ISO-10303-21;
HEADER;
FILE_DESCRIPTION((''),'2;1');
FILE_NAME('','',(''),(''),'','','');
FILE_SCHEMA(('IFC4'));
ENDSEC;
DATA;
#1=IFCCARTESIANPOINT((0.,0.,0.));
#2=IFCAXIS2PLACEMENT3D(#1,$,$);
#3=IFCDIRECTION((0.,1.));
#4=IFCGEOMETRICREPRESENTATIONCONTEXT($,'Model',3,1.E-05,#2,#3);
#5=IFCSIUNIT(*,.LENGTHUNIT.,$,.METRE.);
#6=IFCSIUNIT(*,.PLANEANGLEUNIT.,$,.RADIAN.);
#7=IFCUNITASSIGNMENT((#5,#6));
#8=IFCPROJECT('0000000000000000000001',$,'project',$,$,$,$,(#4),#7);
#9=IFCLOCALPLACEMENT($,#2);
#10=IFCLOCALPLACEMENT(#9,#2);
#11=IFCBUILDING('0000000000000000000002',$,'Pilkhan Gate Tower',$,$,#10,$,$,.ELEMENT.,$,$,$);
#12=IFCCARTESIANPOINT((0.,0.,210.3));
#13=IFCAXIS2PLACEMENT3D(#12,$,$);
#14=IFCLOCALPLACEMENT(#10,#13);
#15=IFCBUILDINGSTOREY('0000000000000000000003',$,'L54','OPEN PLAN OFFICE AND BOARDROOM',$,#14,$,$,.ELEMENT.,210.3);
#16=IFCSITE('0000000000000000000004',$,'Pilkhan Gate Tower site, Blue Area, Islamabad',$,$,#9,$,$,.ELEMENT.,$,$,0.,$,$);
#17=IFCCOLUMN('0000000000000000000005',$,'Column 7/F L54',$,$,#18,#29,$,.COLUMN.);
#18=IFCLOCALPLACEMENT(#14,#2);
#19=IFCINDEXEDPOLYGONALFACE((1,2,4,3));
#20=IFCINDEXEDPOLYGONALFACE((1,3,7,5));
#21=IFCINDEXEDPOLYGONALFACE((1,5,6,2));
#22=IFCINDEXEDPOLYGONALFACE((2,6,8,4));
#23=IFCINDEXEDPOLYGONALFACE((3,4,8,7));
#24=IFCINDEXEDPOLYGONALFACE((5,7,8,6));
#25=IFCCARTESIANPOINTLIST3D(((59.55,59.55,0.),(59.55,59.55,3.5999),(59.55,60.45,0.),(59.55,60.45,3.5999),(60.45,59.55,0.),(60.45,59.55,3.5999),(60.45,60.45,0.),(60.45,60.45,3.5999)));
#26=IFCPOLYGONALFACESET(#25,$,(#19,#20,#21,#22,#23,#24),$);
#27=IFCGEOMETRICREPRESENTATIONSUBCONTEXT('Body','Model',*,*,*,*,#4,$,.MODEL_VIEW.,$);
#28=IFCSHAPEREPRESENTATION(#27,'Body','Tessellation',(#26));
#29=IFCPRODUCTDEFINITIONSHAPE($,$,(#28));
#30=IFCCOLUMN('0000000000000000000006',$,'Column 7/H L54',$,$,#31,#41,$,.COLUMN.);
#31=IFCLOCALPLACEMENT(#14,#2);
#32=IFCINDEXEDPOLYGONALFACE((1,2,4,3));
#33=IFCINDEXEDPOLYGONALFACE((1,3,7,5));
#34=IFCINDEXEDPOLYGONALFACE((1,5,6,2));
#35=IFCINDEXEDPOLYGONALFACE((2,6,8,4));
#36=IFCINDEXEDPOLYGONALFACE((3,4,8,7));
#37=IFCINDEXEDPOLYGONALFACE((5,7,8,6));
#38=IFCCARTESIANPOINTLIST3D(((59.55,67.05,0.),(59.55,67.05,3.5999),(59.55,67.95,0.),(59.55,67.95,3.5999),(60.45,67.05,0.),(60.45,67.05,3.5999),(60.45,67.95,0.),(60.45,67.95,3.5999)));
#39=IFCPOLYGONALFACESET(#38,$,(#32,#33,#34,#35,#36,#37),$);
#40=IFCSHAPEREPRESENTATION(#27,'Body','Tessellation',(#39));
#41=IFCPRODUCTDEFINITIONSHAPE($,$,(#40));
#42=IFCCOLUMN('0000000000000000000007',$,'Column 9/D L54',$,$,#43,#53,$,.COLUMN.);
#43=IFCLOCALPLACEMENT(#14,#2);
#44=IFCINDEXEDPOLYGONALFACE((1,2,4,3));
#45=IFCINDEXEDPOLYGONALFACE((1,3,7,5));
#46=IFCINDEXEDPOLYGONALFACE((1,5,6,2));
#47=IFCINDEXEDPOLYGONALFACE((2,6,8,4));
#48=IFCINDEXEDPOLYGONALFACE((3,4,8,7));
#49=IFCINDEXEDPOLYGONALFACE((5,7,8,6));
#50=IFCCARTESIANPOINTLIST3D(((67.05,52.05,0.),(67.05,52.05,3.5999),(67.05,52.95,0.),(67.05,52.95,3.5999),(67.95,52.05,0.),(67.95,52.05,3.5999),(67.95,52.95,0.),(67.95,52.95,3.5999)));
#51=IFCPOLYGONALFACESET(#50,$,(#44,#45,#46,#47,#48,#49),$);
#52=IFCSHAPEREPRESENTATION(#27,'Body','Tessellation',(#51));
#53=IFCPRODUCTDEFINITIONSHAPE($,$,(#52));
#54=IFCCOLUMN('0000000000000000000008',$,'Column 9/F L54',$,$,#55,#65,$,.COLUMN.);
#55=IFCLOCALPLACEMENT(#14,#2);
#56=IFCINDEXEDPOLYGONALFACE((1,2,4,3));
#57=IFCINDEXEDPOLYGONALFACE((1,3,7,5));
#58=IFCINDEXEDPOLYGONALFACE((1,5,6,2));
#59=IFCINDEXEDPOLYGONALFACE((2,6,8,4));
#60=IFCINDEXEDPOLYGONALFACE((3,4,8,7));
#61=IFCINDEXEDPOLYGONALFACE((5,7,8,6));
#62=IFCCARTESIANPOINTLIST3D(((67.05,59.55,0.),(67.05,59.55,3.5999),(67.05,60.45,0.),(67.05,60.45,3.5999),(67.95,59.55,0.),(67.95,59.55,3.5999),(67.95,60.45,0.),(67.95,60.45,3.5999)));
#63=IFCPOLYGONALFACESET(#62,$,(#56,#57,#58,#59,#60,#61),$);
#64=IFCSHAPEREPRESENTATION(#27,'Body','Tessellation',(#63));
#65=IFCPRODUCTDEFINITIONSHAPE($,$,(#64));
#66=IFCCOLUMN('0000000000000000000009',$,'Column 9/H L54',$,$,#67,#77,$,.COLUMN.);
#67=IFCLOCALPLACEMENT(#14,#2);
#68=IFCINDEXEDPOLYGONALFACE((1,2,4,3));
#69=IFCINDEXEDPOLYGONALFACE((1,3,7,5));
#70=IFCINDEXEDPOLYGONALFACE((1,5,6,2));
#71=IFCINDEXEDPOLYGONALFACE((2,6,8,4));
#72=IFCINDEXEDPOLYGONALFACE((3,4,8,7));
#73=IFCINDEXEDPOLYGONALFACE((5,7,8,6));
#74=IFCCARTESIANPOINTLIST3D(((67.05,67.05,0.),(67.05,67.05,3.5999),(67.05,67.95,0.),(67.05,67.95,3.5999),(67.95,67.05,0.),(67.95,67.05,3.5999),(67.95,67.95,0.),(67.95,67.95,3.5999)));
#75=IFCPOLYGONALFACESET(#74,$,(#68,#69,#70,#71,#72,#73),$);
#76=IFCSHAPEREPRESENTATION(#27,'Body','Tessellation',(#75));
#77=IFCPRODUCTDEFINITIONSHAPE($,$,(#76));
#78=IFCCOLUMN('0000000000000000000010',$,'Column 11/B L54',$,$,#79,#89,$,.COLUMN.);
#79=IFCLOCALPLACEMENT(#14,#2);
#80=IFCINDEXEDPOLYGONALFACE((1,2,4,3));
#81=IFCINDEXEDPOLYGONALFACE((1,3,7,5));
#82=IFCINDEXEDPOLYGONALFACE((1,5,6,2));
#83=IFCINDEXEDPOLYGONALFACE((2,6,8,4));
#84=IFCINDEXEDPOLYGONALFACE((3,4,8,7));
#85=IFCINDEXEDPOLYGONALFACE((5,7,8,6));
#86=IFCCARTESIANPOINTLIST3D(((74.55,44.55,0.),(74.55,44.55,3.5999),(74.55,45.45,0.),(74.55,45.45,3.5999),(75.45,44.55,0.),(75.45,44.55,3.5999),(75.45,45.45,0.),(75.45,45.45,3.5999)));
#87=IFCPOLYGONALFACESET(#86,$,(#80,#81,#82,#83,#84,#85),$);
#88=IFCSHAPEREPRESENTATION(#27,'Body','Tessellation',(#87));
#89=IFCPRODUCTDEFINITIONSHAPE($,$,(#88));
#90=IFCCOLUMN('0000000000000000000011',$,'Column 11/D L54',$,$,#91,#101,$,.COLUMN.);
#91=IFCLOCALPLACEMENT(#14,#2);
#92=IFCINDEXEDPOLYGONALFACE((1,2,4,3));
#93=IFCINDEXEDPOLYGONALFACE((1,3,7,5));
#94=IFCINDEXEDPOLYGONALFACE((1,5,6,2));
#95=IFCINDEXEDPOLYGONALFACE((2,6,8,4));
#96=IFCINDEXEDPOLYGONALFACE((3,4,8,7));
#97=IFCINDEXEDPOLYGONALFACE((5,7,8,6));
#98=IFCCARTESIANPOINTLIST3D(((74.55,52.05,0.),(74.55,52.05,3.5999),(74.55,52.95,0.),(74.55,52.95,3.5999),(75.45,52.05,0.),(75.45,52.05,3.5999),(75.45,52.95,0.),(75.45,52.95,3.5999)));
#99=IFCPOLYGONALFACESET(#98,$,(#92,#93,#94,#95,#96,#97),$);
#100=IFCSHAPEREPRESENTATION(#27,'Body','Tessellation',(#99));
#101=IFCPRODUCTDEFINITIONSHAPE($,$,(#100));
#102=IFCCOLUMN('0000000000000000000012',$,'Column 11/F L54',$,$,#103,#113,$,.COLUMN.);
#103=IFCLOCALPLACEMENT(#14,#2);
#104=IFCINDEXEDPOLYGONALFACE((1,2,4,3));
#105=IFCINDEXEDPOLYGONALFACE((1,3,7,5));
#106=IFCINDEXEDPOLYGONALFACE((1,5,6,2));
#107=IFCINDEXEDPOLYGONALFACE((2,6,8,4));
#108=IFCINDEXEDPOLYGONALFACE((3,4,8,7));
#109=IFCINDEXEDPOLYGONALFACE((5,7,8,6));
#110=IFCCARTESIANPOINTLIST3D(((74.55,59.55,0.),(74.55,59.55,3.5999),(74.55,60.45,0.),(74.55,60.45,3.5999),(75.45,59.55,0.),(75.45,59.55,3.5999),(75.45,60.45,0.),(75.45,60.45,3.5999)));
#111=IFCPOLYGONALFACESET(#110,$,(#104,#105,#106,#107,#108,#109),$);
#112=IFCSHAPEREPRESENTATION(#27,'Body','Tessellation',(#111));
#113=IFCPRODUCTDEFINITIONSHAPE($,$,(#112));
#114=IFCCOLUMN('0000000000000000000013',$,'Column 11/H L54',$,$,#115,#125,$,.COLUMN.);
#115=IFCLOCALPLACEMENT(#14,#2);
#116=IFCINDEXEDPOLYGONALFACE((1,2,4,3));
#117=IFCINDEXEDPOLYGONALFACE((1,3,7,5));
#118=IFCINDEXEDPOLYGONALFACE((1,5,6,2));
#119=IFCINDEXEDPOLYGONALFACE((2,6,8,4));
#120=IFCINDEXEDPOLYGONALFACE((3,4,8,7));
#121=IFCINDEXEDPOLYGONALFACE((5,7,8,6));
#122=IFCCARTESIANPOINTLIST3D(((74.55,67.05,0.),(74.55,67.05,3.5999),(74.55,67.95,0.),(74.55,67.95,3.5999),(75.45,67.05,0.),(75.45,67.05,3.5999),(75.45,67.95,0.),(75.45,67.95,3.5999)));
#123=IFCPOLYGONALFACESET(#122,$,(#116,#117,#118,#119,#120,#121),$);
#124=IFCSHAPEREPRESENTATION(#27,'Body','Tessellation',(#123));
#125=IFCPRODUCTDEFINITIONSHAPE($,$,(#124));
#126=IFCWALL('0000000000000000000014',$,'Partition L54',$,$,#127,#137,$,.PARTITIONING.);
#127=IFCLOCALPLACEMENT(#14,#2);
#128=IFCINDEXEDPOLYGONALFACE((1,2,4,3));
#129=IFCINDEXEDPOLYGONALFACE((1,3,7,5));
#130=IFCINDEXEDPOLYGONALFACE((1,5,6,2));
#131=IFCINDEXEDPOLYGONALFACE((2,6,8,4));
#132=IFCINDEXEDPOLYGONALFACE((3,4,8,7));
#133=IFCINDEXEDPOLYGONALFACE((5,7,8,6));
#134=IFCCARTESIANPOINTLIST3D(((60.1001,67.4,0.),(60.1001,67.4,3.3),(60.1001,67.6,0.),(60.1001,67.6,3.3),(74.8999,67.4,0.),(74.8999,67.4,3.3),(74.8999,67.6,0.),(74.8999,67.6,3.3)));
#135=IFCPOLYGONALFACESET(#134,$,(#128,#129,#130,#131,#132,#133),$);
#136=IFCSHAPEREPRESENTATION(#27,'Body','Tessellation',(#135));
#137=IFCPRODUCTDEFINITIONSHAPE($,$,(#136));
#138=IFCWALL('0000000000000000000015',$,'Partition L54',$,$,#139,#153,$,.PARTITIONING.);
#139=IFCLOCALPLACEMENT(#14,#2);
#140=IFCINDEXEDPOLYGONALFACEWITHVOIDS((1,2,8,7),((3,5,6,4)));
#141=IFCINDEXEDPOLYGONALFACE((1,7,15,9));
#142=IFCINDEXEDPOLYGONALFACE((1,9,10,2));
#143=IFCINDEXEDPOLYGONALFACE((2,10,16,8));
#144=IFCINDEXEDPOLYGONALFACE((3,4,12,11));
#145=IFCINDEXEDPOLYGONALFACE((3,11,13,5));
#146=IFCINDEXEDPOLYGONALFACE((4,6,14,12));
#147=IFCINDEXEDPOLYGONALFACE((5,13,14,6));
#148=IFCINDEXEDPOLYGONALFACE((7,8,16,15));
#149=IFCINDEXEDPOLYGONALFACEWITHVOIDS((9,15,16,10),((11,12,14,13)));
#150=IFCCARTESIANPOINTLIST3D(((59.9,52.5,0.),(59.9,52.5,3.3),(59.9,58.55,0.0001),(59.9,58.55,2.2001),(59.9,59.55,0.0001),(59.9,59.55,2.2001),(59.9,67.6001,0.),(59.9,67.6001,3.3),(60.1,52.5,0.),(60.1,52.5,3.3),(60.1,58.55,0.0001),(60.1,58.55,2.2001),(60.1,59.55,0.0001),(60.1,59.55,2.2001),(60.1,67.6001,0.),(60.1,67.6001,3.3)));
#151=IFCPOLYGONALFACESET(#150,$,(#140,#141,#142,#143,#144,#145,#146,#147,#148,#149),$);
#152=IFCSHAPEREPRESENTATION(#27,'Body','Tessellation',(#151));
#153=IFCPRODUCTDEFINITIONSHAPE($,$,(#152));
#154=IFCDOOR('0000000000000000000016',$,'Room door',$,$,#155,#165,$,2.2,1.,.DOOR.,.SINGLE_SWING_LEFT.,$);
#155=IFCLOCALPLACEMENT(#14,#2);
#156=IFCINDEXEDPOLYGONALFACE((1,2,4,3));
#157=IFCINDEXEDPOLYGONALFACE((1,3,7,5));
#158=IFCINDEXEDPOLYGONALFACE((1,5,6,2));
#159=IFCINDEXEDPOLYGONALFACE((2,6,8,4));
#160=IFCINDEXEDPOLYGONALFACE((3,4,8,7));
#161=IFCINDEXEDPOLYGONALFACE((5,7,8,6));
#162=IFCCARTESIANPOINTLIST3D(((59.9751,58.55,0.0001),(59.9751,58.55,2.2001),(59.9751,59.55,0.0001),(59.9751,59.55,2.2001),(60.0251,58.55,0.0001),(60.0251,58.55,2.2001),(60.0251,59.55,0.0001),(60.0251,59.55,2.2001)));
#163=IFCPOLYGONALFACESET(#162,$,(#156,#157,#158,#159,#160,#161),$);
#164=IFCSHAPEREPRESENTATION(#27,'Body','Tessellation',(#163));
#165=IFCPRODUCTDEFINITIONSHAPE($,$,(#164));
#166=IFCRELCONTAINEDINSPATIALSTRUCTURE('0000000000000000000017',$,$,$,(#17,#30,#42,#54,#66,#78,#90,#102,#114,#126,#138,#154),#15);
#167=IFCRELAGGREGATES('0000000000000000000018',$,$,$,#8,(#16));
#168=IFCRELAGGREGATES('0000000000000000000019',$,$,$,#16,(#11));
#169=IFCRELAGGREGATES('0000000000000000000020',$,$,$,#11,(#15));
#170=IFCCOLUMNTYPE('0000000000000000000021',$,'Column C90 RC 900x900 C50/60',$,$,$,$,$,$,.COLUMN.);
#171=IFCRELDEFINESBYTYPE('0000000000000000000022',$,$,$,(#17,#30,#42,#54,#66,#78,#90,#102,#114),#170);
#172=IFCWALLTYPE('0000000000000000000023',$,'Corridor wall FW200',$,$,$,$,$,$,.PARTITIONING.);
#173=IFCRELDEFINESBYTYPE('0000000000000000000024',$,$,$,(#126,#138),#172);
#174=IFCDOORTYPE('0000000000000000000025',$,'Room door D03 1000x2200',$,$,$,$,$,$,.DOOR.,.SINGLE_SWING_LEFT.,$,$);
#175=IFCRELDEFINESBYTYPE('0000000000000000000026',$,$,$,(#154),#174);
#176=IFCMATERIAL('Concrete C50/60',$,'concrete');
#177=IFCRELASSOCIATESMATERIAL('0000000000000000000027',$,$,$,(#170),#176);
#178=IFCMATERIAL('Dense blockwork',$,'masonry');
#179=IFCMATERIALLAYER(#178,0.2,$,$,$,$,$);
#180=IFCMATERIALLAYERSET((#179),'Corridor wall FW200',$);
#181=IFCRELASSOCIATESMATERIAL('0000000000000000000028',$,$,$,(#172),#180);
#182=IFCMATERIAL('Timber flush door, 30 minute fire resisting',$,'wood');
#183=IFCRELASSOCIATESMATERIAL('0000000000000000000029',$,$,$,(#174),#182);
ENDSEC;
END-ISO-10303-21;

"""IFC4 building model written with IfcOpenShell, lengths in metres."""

from ifc_helpers import new_model, si_unit, direction, frame, frame_2d, origin, origin_2d, place, context, subcontext, project, spatial, rectangle, extrude, material, layer, layer_set, material_profile, profile_set, type_object, element, fill, save


model = new_model("IFC4")

# Units and contexts
model_context = context("Model", 3, precision=1e-05, world=origin(), true_north=direction((0.0, 1.0)))
body_context = subcontext(model_context, "Body", "Model", "MODEL_VIEW")
ifc_project = project(units=[si_unit("LENGTHUNIT", "METRE"), si_unit("PLANEANGLEUNIT", "RADIAN")], contexts=[model_context])

# Site, building, storey
site_placement = place(None, origin())
site = spatial("IfcSite", under=ifc_project, at=site_placement, Name="Pilkhan Gate Tower site, Blue Area, Islamabad", CompositionType="ELEMENT", RefElevation=0.0)
building_placement = place(site_placement, origin())
building = spatial("IfcBuilding", under=site, at=building_placement, Name="Pilkhan Gate Tower", CompositionType="ELEMENT")
storey_placement = place(building_placement, frame((0.0, 0.0, 210.3)))
storey = spatial("IfcBuildingStorey", under=building, at=storey_placement, Name="L54", Description="OPEN PLAN OFFICE AND BOARDROOM", CompositionType="ELEMENT", Elevation=210.3)

# Columns
ifc_material_1 = material(Name="Concrete C50/60", Category="concrete")
ifc_material_profile = material_profile(ifc_material_1, rectangle(XDim=0.8999, YDim=0.8999, at=origin_2d()), Name="RC 900x900")
ifc_profile_set = profile_set([ifc_material_profile], Name="Concrete C50/60")
column_type = type_object("IfcColumnType", Name="Column C90 RC 900x900 C50/60", PredefinedType="COLUMN", material=ifc_profile_set)
for number, where, z_axis, x_axis, name in (
    (1, (60.0, 60.0, 0.0), (0.0, 0.0, 1.0), (1.0, 0.0, 0.0), "Column 7/F L54"),
    (2, (60.0, 67.5, 0.0), (0.0, 0.0, 1.0), (1.0, 0.0, 0.0), "Column 7/H L54"),
    (3, (67.5, 52.5, 0.0), (0.0, 0.0, 1.0), (1.0, 0.0, 0.0), "Column 9/D L54"),
    (4, (67.5, 60.0, 0.0), (0.0, 0.0, 1.0), (1.0, 0.0, 0.0), "Column 9/F L54"),
    (5, (67.5, 67.5, 0.0), (0.0, 0.0, 1.0), (1.0, 0.0, 0.0), "Column 9/H L54"),
    (6, (75.0, 45.0, 0.0), (0.0, 0.0, 1.0), (1.0, 0.0, 0.0), "Column 11/B L54"),
    (7, (75.0, 52.5, 0.0), (0.0, 0.0, 1.0), (1.0, 0.0, 0.0), "Column 11/D L54"),
    (8, (75.0, 60.0, 0.0), (0.0, 0.0, 1.0), (1.0, 0.0, 0.0), "Column 11/F L54"),
    (9, (75.0, 67.5, 0.0), (0.0, 0.0, 1.0), (1.0, 0.0, 0.0), "Column 11/H L54"),
):
    element("IfcColumn", number, at=place(storey_placement, frame(where, z_axis=z_axis, x_axis=x_axis)), inside=storey, type_object=column_type, Name=name, PredefinedType="COLUMN", context=body_context, shape_type="SweptSolid", body=[
        extrude(rectangle(XDim=0.8999, YDim=0.8999, at=origin_2d()), origin(), (0.0, 0.0, 1.0), 3.5999),
    ])

# Wall
ifc_material_2 = material(Name="Dense blockwork", Category="masonry")
ifc_layer_1 = layer(ifc_material_2, 0.2)
ifc_layer_set_1 = layer_set([ifc_layer_1], Name="Corridor wall FW200")
wall_type_1 = type_object("IfcWallType", Name="Corridor wall FW200", PredefinedType="PARTITIONING", material=ifc_layer_set_1)
wall_1_placement = place(storey_placement, frame((60.1001, 67.5, 0.0), z_axis=(0.0, 0.0, 1.0), x_axis=(1.0, 0.0, 0.0)))
element("IfcWall", 10, at=wall_1_placement, inside=storey, type_object=wall_type_1, Name="Partition L54", PredefinedType="PARTITIONING", context=body_context, shape_type="SweptSolid", body=[
    extrude(rectangle(XDim=14.7998, YDim=0.2, at=frame_2d((7.3999, 0.0))), origin(), (0.0, 0.0, 1.0), 3.3),
])

# Wall, opening, door
wall_2_placement = place(storey_placement, frame((60.0, 52.5, 0.0), z_axis=(0.0, 0.0, 1.0), x_axis=(0.0, 1.0, 0.0)))
wall_2 = element("IfcWall", 11, at=wall_2_placement, inside=storey, type_object=wall_type_1, Name="Partition L54", PredefinedType="PARTITIONING", context=body_context, shape_type="SweptSolid", body=[
    extrude(rectangle(XDim=15.1001, YDim=0.2, at=frame_2d((7.55, 0.0))), origin(), (0.0, 0.0, 1.0), 3.3),
])
opening_1_placement = place(wall_2_placement, frame((6.05, 0.0, 0.0)))
opening_1 = element("IfcOpeningElement", 12, at=opening_1_placement, cuts=wall_2, PredefinedType="OPENING", context=body_context, shape_type="SweptSolid", body=[
    extrude(rectangle(XDim=1.0, YDim=2.2, at=frame_2d((0.5, 1.1001))), frame((0.0, 0.1099, 0.0), z_axis=(0.0, -1.0, 0.0), x_axis=(1.0, 0.0, 0.0)), (0.0, 0.0, 1.0), 0.22),
])
ifc_material_3 = material(Name="Timber flush door, 30 minute fire resisting", Category="wood")
door_type_1 = type_object("IfcDoorType", Name="Room door D03 1000x2200", OperationType="SINGLE_SWING_LEFT", PredefinedType="DOOR", material=ifc_material_3)
door_1_placement = place(opening_1_placement, origin())
door_1 = element("IfcDoor", 13, at=door_1_placement, inside=storey, type_object=door_type_1, Name="Room door", OperationType="SINGLE_SWING_LEFT", OverallHeight=2.2, OverallWidth=1.0, PredefinedType="DOOR", context=body_context, shape_type="SweptSolid", body=[
    extrude(rectangle(XDim=1.0, YDim=2.2, at=frame_2d((0.5, 1.1001))), frame((0.0, 0.0249, 0.0), z_axis=(0.0, -1.0, 0.0), x_axis=(1.0, 0.0, 0.0)), (0.0, 0.0, 1.0), 0.05),
])
fill(opening_1, door_1)

save(model, "model.ifc")
